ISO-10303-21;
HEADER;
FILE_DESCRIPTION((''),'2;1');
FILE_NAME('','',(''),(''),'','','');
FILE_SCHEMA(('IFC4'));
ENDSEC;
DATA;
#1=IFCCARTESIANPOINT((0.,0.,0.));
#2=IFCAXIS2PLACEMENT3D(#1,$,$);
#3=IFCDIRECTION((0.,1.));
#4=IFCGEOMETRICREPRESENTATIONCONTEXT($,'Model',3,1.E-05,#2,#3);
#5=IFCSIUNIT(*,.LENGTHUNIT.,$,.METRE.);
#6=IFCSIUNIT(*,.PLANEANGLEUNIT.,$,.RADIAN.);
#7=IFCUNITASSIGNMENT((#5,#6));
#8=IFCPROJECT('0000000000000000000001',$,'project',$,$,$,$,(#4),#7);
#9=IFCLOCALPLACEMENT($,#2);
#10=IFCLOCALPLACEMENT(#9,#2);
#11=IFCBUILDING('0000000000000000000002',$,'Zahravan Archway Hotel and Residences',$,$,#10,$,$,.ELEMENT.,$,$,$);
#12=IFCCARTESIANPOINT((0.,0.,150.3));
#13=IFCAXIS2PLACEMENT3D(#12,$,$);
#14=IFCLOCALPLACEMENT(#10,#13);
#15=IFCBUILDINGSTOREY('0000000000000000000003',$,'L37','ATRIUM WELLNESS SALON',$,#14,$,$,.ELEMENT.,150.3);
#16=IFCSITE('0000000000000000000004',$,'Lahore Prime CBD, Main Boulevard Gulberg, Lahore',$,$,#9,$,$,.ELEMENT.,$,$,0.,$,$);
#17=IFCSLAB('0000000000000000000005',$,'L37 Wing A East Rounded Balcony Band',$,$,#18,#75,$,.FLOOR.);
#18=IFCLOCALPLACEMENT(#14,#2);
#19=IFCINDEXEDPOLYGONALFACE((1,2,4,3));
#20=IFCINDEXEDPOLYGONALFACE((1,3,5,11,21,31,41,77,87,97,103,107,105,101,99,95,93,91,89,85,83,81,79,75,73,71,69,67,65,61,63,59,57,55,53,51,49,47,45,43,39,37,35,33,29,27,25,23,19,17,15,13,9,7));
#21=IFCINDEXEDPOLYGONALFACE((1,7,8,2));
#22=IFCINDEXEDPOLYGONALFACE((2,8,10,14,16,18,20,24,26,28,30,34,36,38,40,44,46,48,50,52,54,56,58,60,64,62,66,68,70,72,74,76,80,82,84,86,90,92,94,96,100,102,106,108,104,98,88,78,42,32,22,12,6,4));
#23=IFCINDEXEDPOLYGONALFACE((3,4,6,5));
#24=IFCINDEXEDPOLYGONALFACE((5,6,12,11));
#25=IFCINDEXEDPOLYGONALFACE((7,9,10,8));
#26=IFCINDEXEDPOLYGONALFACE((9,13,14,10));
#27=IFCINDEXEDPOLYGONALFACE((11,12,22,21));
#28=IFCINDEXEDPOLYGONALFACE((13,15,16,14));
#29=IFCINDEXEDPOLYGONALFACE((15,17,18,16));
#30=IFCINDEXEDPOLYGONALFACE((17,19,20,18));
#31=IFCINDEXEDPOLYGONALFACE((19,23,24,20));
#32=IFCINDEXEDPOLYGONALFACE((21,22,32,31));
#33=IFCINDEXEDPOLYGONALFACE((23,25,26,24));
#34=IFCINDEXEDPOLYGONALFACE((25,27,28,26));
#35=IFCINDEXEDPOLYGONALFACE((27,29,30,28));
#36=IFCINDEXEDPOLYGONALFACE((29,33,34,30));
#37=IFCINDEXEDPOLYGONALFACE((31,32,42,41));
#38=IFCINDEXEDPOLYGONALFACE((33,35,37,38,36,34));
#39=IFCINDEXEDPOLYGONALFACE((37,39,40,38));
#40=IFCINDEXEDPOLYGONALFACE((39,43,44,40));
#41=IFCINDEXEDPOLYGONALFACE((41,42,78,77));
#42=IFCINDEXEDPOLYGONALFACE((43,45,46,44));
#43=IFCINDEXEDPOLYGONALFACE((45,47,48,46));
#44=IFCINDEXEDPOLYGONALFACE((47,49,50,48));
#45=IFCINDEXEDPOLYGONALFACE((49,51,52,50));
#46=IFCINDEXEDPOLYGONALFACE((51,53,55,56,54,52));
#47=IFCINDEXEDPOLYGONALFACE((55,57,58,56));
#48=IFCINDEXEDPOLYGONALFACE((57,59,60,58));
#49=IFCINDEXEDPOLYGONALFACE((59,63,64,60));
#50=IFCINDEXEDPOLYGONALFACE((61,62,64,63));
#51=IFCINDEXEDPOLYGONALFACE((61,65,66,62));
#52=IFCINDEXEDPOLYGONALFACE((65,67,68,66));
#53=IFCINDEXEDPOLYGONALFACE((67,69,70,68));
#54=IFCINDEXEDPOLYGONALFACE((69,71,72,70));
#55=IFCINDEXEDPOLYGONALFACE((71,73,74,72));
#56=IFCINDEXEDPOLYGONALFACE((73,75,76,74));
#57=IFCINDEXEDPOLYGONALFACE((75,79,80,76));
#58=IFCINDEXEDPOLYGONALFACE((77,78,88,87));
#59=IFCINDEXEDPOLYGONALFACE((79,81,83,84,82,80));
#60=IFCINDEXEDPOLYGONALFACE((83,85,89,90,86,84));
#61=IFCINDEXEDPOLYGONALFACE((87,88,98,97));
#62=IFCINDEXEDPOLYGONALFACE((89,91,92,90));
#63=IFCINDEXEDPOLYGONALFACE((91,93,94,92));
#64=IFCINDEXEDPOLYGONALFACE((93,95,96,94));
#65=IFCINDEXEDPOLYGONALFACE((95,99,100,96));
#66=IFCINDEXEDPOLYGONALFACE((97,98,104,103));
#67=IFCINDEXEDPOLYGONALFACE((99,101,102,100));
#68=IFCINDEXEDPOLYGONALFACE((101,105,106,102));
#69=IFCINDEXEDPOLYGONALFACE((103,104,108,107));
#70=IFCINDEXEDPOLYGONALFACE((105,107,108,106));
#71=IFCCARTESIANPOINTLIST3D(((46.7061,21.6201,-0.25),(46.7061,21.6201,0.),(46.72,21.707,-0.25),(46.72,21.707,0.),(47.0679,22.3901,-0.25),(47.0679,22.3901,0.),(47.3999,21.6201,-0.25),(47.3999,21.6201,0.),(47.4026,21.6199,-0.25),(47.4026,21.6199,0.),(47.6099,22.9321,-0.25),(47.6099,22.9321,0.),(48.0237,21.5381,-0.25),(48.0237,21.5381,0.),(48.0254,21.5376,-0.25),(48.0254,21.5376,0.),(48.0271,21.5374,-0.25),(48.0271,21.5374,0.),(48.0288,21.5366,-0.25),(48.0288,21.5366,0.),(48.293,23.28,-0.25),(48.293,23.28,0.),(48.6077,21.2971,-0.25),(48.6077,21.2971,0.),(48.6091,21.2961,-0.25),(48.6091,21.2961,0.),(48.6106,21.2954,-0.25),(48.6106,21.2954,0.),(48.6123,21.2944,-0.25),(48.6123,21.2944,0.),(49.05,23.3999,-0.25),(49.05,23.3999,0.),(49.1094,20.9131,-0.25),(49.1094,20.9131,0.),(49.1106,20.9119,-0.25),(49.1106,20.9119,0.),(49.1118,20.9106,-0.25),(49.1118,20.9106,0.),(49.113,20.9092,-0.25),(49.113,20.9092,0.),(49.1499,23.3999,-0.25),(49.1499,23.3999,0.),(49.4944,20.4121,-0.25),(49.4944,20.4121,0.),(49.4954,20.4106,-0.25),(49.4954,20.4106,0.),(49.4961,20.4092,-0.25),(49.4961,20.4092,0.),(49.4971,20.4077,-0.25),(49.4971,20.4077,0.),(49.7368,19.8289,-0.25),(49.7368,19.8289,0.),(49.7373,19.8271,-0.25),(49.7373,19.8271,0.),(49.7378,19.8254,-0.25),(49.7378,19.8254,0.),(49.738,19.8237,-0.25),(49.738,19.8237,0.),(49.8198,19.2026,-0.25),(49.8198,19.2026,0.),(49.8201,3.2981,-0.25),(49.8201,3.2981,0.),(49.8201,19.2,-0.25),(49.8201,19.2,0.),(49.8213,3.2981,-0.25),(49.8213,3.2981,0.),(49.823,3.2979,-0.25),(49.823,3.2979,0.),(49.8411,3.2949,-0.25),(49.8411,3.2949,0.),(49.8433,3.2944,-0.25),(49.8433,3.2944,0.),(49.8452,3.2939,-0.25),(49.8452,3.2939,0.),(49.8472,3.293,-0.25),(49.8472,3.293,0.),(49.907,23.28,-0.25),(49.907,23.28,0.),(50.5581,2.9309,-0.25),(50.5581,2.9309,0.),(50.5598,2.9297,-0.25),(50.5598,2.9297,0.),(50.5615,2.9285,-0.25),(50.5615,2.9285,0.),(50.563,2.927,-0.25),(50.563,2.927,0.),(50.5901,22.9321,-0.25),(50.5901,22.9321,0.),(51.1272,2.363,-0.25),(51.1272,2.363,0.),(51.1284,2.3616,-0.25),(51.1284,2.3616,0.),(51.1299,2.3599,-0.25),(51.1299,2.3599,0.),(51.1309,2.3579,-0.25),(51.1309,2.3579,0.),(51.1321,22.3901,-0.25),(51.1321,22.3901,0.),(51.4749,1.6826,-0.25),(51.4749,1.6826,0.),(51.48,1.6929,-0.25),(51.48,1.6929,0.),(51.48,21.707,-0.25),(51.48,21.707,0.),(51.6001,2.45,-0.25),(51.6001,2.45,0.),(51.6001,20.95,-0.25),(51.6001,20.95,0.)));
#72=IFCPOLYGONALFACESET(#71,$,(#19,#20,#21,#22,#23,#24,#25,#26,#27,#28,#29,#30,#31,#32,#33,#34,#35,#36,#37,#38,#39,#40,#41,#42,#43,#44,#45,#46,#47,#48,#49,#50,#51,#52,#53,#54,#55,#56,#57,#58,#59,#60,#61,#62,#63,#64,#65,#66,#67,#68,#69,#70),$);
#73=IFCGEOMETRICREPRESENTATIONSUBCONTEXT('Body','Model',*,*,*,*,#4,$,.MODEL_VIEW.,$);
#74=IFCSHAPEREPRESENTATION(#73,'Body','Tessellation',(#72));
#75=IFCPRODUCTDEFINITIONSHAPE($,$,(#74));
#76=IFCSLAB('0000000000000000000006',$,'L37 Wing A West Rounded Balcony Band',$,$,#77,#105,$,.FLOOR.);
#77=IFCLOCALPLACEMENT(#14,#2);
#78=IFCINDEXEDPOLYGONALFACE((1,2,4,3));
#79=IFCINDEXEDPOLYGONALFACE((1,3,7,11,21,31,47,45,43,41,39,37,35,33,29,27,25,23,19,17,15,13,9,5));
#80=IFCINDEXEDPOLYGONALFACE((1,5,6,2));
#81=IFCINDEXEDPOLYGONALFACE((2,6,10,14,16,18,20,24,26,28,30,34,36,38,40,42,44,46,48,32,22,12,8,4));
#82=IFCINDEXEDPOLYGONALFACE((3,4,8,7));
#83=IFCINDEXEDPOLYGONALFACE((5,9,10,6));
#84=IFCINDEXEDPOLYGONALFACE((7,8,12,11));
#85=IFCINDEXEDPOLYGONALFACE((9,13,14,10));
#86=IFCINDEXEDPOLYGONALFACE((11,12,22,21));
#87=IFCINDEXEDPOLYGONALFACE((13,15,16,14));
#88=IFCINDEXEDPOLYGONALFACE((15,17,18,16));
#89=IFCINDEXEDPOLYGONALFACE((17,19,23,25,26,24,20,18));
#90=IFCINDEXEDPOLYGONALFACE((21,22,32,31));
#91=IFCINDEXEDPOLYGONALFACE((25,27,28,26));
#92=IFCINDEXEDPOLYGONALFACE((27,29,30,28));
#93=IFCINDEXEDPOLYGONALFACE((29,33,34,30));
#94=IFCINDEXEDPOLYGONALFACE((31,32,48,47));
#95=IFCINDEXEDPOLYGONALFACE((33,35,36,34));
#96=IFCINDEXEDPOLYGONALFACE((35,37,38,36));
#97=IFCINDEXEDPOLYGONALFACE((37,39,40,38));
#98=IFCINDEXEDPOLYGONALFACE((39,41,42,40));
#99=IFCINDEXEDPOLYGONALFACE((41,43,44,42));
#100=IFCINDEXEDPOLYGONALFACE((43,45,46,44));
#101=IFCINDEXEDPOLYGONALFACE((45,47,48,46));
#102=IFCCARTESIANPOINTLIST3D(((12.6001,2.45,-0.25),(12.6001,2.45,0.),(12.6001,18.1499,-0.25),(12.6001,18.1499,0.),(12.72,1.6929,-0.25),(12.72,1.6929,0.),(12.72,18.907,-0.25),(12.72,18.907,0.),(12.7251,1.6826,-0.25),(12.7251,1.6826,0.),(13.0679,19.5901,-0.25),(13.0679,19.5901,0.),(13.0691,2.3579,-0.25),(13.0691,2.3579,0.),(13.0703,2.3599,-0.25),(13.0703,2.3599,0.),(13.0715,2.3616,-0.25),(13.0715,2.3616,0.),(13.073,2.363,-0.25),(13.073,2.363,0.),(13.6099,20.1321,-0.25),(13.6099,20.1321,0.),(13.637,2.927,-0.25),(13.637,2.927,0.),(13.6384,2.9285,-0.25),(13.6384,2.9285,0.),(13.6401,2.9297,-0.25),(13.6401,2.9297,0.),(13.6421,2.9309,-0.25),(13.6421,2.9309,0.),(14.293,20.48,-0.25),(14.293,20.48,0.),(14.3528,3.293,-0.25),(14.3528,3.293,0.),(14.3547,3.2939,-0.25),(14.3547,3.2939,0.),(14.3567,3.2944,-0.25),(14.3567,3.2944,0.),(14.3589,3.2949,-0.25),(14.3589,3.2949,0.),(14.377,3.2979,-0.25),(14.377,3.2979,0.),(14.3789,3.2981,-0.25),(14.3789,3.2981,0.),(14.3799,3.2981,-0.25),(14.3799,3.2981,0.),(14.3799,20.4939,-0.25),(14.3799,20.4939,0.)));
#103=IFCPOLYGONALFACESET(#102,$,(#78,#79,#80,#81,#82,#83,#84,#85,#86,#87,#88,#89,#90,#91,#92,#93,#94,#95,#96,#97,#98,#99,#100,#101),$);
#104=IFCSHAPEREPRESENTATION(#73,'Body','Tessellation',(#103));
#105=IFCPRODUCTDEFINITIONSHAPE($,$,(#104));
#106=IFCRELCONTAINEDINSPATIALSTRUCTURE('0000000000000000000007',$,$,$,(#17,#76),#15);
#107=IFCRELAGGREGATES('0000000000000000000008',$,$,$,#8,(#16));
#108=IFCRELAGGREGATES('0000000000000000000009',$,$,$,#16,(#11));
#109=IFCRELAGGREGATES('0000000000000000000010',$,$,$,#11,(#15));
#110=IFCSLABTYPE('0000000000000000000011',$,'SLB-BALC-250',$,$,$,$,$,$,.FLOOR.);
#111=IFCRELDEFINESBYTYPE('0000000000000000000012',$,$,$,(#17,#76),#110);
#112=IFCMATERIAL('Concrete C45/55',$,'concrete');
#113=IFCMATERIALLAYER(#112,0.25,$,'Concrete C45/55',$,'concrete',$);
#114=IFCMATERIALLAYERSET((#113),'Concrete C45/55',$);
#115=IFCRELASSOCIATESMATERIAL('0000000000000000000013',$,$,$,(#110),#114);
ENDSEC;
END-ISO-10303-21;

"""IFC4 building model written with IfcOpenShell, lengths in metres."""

from ifc_helpers import new_model, si_unit, direction, frame, origin, place, context, subcontext, project, spatial, polyline, outline, extrude, material, layer, layer_set, type_object, element, save


model = new_model("IFC4")

# Units and contexts
model_context = context("Model", 3, precision=1e-05, world=origin(), true_north=direction((0.0, 1.0)))
body_context = subcontext(model_context, "Body", "Model", "MODEL_VIEW")
ifc_project = project(units=[si_unit("LENGTHUNIT", "METRE"), si_unit("PLANEANGLEUNIT", "RADIAN")], contexts=[model_context])

# Site, building, storey
site_placement = place(None, origin())
site = spatial("IfcSite", under=ifc_project, at=site_placement, Name="Lahore Prime CBD, Main Boulevard Gulberg, Lahore", CompositionType="ELEMENT", RefElevation=0.0)
building_placement = place(site_placement, origin())
building = spatial("IfcBuilding", under=site, at=building_placement, Name="Zahravan Archway Hotel and Residences", CompositionType="ELEMENT")
storey_placement = place(building_placement, frame((0.0, 0.0, 150.3)))
storey = spatial("IfcBuildingStorey", under=building, at=storey_placement, Name="L37", Description="ATRIUM WELLNESS SALON", CompositionType="ELEMENT", Elevation=150.3)

# Slabs
ifc_material_1 = material(Name="Concrete C45/55", Category="concrete")
ifc_layer_1 = layer(ifc_material_1, 0.25, Name="Concrete C45/55", Category="concrete")
ifc_layer_set_1 = layer_set([ifc_layer_1], Name="Concrete C45/55")
slab_type_1 = type_object("IfcSlabType", Name="SLB-BALC-250", PredefinedType="FLOOR", material=ifc_layer_set_1)
slab_1_placement = place(storey_placement, frame((0.0, 0.0, -0.25)))
element("IfcSlab", 1, at=slab_1_placement, inside=storey, type_object=slab_type_1, Name="L37 Wing A East Rounded Balcony Band", PredefinedType="FLOOR", context=body_context, shape_type="SweptSolid", body=[
    extrude(outline(polyline([(46.72, 21.707), (47.0679, 22.3901), (47.6099, 22.9321), (48.293, 23.28), (49.05, 23.3999), (49.1499, 23.3999), (49.907, 23.28), (50.5901, 22.9321), (51.1321, 22.3901), (51.48, 21.707), (51.6001, 20.95), (51.6001, 2.45), (51.48, 1.6929), (51.4749, 1.6826), (51.1309, 2.3579), (51.1299, 2.3599), (51.1284, 2.3616), (51.1272, 2.363), (50.563, 2.927), (50.5615, 2.9285), (50.5598, 2.9297), (50.5581, 2.9309), (49.8472, 3.293), (49.8452, 3.2939), (49.8433, 3.2944), (49.8411, 3.2949), (49.823, 3.2979), (49.8213, 3.2981), (49.8201, 3.2981), (49.8201, 19.2), (49.8198, 19.2026), (49.738, 19.8237), (49.7378, 19.8254), (49.7373, 19.8271), (49.7368, 19.8289), (49.4971, 20.4077), (49.4961, 20.4092), (49.4954, 20.4106), (49.4944, 20.4121), (49.113, 20.9092), (49.1118, 20.9106), (49.1106, 20.9119), (49.1094, 20.9131), (48.6123, 21.2944), (48.6106, 21.2954), (48.6091, 21.2961), (48.6077, 21.2971), (48.0288, 21.5366), (48.0271, 21.5374), (48.0254, 21.5376), (48.0237, 21.5381), (47.4026, 21.6199), (47.3999, 21.6201), (46.7061, 21.6201), (46.72, 21.707)])), origin(), (0.0, 0.0, 1.0), 0.25),
])
slab_2_placement = place(storey_placement, frame((0.0, 0.0, -0.25)))
element("IfcSlab", 2, at=slab_2_placement, inside=storey, type_object=slab_type_1, Name="L37 Wing A West Rounded Balcony Band", PredefinedType="FLOOR", context=body_context, shape_type="SweptSolid", body=[
    extrude(outline(polyline([(12.72, 1.6929), (12.6001, 2.45), (12.6001, 18.1499), (12.72, 18.907), (13.0679, 19.5901), (13.6099, 20.1321), (14.293, 20.48), (14.3799, 20.4939), (14.3799, 3.2981), (14.3789, 3.2981), (14.377, 3.2979), (14.3589, 3.2949), (14.3567, 3.2944), (14.3547, 3.2939), (14.3528, 3.293), (13.6421, 2.9309), (13.6401, 2.9297), (13.6384, 2.9285), (13.637, 2.927), (13.073, 2.363), (13.0715, 2.3616), (13.0703, 2.3599), (13.0691, 2.3579), (12.7251, 1.6826), (12.72, 1.6929)])), origin(), (0.0, 0.0, 1.0), 0.25),
])

save(model, "model.ifc")
